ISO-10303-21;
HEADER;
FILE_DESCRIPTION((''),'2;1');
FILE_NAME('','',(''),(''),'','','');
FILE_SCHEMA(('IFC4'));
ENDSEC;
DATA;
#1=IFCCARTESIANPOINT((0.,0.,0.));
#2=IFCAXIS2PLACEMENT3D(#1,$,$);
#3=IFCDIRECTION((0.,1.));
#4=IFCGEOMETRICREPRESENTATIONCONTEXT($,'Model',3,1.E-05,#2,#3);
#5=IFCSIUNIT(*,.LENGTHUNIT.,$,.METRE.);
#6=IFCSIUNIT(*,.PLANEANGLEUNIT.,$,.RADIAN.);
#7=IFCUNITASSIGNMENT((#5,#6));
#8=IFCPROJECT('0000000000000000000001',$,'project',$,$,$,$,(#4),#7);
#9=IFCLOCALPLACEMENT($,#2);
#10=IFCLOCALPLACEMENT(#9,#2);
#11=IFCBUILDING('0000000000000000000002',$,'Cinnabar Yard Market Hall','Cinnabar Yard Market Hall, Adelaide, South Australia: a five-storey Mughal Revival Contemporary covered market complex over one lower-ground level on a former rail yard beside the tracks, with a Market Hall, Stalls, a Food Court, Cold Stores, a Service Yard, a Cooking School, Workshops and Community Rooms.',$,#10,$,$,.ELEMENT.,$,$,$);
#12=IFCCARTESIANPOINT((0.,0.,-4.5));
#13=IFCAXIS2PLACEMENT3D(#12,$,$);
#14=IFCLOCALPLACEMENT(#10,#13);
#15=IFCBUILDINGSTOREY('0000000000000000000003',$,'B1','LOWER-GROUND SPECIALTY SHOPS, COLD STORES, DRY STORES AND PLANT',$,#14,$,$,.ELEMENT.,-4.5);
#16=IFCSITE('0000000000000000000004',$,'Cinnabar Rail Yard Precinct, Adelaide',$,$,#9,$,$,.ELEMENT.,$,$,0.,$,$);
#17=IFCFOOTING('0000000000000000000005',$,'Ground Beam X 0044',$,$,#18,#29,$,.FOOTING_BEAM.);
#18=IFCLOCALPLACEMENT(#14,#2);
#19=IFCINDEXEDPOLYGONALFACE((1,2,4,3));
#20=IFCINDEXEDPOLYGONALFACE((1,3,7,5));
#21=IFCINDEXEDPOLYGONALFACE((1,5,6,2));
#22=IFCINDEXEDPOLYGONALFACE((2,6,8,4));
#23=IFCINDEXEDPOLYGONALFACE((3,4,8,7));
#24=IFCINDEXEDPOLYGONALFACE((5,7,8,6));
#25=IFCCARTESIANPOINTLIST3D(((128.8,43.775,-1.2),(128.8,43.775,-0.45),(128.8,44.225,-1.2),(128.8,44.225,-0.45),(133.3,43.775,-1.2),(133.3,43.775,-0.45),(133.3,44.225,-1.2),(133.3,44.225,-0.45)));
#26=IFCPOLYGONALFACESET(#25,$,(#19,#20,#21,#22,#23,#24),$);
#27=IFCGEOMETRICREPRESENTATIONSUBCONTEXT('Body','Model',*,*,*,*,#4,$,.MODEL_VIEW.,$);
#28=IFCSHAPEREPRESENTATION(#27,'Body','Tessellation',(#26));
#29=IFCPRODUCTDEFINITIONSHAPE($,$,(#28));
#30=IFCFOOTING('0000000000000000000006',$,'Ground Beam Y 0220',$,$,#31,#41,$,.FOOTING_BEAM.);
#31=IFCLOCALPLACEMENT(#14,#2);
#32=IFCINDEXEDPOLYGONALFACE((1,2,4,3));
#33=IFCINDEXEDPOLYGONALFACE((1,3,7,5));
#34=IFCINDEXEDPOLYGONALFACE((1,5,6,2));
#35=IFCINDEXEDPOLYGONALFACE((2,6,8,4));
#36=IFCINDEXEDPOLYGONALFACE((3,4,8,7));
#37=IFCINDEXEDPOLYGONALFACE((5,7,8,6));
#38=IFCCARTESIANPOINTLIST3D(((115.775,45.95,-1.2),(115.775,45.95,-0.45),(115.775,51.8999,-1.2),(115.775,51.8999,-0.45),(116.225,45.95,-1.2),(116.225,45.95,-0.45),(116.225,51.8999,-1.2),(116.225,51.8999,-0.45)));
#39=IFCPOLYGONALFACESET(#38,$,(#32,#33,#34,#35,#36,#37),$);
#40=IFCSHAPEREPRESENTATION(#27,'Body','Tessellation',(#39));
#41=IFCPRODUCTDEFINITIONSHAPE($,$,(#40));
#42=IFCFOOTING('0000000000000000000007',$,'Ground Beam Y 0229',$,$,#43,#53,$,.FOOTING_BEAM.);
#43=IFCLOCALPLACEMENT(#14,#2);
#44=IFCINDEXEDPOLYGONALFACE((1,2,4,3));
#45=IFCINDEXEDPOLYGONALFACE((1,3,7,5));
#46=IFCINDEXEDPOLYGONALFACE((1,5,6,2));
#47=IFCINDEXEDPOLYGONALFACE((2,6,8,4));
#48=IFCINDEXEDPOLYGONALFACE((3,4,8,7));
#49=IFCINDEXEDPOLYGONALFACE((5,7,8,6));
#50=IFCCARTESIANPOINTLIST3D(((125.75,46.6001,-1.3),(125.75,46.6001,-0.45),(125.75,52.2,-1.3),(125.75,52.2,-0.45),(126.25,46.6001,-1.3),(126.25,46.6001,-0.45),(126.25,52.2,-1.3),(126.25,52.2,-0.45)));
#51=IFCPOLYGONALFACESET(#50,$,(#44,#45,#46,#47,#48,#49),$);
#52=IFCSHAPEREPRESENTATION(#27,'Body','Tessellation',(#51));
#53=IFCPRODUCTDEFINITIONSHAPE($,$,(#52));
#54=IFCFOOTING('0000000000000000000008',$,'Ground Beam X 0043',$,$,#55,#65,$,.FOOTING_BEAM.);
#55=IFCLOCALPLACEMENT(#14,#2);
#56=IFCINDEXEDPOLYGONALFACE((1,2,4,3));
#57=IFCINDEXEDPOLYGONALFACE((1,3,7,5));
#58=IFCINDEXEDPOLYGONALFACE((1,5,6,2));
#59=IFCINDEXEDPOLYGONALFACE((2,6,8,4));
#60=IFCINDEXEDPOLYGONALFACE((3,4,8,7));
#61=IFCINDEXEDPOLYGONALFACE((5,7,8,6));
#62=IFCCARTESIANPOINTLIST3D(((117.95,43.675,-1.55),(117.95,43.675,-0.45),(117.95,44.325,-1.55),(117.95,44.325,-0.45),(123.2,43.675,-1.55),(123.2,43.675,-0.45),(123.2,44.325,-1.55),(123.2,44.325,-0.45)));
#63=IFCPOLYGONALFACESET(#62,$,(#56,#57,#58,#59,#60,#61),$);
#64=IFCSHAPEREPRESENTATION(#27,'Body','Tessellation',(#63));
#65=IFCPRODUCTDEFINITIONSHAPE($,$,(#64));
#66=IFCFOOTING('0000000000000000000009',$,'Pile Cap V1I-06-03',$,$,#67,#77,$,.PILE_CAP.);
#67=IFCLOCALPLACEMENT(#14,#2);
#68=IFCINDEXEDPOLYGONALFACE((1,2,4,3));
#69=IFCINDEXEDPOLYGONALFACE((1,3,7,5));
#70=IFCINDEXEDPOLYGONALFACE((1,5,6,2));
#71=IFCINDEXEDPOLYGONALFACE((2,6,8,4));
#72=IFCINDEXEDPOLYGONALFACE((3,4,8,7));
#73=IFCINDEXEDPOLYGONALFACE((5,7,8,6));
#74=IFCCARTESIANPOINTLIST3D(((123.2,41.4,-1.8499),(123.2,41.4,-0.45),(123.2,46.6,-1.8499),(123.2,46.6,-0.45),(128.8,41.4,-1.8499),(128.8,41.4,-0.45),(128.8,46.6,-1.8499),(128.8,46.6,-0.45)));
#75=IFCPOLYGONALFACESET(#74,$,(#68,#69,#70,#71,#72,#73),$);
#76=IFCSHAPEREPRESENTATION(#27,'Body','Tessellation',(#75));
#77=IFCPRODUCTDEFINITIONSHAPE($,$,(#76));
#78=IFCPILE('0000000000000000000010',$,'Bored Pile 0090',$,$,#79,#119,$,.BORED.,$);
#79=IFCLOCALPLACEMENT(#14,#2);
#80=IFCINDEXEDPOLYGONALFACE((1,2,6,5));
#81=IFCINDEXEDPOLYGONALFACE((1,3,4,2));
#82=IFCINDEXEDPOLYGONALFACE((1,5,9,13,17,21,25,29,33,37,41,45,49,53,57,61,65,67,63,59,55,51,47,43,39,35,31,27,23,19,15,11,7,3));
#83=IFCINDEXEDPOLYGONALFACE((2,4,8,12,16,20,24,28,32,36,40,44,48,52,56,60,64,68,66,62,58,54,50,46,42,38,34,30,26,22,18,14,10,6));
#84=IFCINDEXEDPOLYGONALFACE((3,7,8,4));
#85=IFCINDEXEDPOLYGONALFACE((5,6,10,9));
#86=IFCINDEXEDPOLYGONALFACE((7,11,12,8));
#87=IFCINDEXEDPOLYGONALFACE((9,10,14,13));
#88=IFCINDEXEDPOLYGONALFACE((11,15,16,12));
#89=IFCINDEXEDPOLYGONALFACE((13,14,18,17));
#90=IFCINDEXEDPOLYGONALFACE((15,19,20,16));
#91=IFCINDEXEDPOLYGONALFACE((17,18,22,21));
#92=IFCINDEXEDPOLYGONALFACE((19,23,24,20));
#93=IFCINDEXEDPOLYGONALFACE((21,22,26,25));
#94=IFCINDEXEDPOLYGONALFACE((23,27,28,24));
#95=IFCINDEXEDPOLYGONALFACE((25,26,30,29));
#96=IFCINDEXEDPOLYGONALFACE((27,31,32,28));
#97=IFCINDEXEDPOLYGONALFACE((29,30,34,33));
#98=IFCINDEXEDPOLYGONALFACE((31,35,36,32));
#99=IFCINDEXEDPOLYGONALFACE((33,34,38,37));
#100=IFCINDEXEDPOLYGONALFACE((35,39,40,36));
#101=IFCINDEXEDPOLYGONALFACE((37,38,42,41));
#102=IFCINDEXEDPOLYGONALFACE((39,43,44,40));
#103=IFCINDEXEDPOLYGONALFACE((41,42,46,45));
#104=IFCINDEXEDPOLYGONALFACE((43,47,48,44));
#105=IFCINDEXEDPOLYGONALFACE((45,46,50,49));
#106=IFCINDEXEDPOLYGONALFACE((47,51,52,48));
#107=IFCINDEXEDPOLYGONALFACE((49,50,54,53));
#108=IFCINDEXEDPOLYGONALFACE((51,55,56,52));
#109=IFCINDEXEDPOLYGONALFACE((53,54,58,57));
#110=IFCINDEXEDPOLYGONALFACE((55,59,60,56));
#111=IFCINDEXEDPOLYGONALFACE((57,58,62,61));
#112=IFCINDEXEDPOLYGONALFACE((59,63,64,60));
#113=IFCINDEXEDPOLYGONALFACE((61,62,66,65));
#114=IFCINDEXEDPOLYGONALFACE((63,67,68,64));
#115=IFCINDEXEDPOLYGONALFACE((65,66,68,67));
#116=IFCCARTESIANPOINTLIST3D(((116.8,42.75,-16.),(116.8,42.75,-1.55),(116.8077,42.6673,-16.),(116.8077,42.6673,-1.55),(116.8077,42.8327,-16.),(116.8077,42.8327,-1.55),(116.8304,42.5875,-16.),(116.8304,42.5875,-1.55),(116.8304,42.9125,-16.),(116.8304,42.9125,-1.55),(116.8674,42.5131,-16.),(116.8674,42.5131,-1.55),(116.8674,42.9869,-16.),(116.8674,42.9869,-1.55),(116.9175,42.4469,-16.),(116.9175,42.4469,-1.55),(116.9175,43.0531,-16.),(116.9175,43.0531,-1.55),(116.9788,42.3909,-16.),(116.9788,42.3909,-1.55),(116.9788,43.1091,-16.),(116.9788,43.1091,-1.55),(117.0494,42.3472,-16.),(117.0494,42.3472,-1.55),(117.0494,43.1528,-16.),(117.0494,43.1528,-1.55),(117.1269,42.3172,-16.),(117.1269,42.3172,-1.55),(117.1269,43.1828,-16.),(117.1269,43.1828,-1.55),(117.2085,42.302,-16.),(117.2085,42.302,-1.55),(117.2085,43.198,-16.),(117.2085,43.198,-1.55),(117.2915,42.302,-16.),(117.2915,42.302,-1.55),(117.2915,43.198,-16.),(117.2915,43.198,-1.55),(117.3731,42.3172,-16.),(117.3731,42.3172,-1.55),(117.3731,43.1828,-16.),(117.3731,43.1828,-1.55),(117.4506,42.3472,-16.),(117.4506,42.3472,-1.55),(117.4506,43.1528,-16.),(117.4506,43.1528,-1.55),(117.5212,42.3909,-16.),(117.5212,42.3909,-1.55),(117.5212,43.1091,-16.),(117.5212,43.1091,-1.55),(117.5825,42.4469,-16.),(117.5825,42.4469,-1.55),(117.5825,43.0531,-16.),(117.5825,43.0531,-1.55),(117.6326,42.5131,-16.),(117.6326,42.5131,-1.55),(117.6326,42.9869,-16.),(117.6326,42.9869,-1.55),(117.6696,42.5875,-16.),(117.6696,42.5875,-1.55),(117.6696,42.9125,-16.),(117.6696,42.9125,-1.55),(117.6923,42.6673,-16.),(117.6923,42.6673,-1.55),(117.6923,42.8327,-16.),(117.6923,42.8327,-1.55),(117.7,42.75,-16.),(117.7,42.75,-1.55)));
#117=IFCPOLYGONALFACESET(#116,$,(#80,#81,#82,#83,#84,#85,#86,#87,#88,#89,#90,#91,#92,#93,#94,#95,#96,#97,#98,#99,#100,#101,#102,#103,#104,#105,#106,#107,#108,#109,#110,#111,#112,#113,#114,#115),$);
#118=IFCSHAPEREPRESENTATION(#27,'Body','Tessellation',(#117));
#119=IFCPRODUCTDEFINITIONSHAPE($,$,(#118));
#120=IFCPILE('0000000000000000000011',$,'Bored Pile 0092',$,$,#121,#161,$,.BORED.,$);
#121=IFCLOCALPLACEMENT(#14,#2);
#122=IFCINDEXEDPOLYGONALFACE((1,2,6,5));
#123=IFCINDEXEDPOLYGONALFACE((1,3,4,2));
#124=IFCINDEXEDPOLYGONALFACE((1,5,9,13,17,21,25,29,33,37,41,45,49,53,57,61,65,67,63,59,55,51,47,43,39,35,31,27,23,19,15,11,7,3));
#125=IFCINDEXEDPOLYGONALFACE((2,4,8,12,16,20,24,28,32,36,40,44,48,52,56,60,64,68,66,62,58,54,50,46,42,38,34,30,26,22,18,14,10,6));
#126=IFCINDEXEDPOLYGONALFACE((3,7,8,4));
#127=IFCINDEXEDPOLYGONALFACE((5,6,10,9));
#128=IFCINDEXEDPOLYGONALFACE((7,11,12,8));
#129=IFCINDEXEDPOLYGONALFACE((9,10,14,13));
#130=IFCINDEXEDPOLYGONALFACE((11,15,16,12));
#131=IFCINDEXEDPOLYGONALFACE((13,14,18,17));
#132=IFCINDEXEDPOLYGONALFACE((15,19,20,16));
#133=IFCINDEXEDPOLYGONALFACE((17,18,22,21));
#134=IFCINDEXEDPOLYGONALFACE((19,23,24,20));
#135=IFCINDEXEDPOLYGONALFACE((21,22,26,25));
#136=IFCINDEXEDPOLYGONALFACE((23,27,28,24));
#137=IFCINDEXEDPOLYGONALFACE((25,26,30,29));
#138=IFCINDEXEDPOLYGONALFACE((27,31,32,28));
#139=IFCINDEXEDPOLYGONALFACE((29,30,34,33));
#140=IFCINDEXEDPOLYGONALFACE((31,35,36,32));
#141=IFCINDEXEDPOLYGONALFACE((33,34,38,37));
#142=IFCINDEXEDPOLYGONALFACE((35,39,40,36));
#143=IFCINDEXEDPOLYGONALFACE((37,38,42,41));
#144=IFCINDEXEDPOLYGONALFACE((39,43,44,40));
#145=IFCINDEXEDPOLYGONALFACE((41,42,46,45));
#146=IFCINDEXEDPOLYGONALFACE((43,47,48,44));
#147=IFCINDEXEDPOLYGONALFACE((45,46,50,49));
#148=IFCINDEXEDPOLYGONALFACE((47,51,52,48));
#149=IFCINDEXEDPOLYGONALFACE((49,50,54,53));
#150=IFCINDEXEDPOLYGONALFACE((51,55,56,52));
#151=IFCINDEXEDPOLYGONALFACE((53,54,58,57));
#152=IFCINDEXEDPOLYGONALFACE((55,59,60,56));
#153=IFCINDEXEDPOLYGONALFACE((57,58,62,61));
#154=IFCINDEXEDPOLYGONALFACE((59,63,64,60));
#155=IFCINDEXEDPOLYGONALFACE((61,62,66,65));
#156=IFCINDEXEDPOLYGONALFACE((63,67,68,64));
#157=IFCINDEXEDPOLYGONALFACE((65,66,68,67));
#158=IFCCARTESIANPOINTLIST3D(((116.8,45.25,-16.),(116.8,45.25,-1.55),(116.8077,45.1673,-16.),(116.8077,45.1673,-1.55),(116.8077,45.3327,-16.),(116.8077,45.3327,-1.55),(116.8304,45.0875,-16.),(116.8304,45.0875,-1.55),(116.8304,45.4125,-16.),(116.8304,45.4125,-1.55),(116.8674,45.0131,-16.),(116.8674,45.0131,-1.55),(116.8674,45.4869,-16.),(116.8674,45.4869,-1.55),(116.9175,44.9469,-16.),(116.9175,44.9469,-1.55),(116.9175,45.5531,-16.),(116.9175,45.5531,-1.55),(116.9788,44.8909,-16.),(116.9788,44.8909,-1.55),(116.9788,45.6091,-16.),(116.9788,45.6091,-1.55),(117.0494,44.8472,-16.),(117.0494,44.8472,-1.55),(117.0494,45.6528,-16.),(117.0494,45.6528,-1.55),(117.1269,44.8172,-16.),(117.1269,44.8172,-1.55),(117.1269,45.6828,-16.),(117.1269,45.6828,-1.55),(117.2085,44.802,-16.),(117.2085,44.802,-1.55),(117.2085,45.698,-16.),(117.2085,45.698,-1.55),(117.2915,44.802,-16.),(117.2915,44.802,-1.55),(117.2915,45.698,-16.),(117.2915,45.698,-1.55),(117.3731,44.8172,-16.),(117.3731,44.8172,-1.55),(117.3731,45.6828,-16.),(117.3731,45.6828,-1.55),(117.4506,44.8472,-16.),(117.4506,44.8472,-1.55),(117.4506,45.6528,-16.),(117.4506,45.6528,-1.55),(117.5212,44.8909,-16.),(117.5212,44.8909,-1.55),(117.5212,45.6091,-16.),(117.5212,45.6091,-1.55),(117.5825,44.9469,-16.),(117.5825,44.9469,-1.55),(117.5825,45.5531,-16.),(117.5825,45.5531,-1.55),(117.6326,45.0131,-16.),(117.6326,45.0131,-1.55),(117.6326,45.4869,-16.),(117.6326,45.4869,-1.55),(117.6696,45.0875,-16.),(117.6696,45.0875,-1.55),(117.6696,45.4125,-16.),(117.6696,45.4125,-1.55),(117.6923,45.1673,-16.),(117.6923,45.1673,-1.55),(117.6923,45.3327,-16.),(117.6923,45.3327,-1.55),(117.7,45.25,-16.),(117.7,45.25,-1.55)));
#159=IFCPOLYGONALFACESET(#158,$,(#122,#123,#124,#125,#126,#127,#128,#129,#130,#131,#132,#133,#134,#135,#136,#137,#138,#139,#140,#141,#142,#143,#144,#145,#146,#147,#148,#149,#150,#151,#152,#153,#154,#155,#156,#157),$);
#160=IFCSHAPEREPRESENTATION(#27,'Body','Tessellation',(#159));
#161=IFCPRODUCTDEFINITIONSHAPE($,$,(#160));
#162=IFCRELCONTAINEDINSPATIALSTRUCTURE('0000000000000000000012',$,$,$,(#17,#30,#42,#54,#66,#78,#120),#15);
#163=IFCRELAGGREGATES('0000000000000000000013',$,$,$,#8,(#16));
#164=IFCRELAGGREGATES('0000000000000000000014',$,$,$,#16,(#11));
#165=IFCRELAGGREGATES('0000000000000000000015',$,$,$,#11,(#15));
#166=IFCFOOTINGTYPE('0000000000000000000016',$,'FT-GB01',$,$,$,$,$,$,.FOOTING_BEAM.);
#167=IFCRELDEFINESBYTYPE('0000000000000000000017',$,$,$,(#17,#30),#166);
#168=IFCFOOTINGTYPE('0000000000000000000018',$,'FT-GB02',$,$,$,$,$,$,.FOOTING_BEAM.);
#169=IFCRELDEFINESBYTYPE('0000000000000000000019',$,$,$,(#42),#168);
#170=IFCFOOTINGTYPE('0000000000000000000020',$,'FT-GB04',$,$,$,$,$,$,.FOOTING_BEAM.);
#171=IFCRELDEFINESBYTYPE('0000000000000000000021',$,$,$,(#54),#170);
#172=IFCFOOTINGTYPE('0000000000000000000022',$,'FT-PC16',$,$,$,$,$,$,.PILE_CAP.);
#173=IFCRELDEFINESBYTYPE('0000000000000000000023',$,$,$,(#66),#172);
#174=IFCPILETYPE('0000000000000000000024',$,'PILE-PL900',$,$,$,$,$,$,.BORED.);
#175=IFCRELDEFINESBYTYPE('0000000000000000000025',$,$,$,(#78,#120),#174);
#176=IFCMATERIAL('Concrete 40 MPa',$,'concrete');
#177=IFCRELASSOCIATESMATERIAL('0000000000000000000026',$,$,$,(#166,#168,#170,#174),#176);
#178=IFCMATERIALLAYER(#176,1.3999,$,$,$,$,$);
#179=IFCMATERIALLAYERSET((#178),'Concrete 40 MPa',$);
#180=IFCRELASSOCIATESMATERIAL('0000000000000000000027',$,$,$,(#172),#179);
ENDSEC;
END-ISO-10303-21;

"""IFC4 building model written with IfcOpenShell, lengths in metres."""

from ifc_helpers import new_model, si_unit, direction, frame, origin, origin_2d_with_axis, place, context, subcontext, project, spatial, rectangle, circle, extrude, material, layer, layer_set, material_profile, profile_set, type_object, element, save


model = new_model("IFC4")

# Units and contexts
model_context = context("Model", 3, precision=1e-05, world=origin(), true_north=direction((0.0, 1.0)))
body_context = subcontext(model_context, "Body", "Model", "MODEL_VIEW")
ifc_project = project(units=[si_unit("LENGTHUNIT", "METRE"), si_unit("PLANEANGLEUNIT", "RADIAN")], contexts=[model_context])

# Site, building, storey
site_placement = place(None, origin())
site = spatial("IfcSite", under=ifc_project, at=site_placement, Name="Cinnabar Rail Yard Precinct, Adelaide", CompositionType="ELEMENT", RefElevation=0.0)
building_placement = place(site_placement, origin())
building = spatial("IfcBuilding", under=site, at=building_placement, Name="Cinnabar Yard Market Hall", Description="Cinnabar Yard Market Hall, Adelaide, South Australia: a five-storey Mughal Revival Contemporary covered market complex over one lower-ground level on a former rail yard beside the tracks, with a Market Hall, Stalls, a Food Court, Cold Stores, a Service Yard, a Cooking School, Workshops and Community Rooms.", CompositionType="ELEMENT")
storey_placement = place(building_placement, frame((0.0, 0.0, -4.5)))
storey = spatial("IfcBuildingStorey", under=building, at=storey_placement, Name="B1", Description="LOWER-GROUND SPECIALTY SHOPS, COLD STORES, DRY STORES AND PLANT", CompositionType="ELEMENT", Elevation=-4.5)

# Footings
ifc_material_1 = material(Name="Concrete 40 MPa", Category="concrete")
ifc_material_profile_1 = material_profile(ifc_material_1, rectangle(XDim=0.45, YDim=0.75, at=origin_2d_with_axis()), Name="GB-450x750")
ifc_profile_set_1 = profile_set([ifc_material_profile_1], Name="Concrete 40 MPa")
footing_type_1 = type_object("IfcFootingType", Name="FT-GB01", PredefinedType="FOOTING_BEAM", material=ifc_profile_set_1)
footing_1_placement = place(storey_placement, frame((128.8, 44.0, -0.825), z_axis=(1.0, 0.0, 0.0), x_axis=(0.0, 1.0, 0.0)))
element("IfcFooting", 1, at=footing_1_placement, inside=storey, type_object=footing_type_1, Name="Ground Beam X 0044", PredefinedType="FOOTING_BEAM", context=body_context, shape_type="SweptSolid", body=[
    extrude(rectangle(XDim=0.45, YDim=0.75, at=origin_2d_with_axis()), origin(), (0.0, 0.0, 1.0), 4.5),
])
footing_2_placement = place(storey_placement, frame((116.0, 45.95, -0.825), z_axis=(0.0, 1.0, 0.0), x_axis=(-1.0, 0.0, 0.0)))
element("IfcFooting", 2, at=footing_2_placement, inside=storey, type_object=footing_type_1, Name="Ground Beam Y 0220", PredefinedType="FOOTING_BEAM", context=body_context, shape_type="SweptSolid", body=[
    extrude(rectangle(XDim=0.45, YDim=0.75, at=origin_2d_with_axis()), origin(), (0.0, 0.0, 1.0), 5.95),
])
ifc_material_profile_2 = material_profile(ifc_material_1, rectangle(XDim=0.5, YDim=0.8501, at=origin_2d_with_axis()), Name="GB-500x850")
ifc_profile_set_2 = profile_set([ifc_material_profile_2], Name="Concrete 40 MPa")
footing_type_2 = type_object("IfcFootingType", Name="FT-GB02", PredefinedType="FOOTING_BEAM", material=ifc_profile_set_2)
footing_3_placement = place(storey_placement, frame((126.0, 46.6001, -0.875), z_axis=(0.0, 1.0, 0.0), x_axis=(-1.0, 0.0, 0.0)))
element("IfcFooting", 3, at=footing_3_placement, inside=storey, type_object=footing_type_2, Name="Ground Beam Y 0229", PredefinedType="FOOTING_BEAM", context=body_context, shape_type="SweptSolid", body=[
    extrude(rectangle(XDim=0.5, YDim=0.8501, at=origin_2d_with_axis()), origin(), (0.0, 0.0, 1.0), 5.5999),
])
ifc_material_profile_3 = material_profile(ifc_material_1, rectangle(XDim=0.6499, YDim=1.1001, at=origin_2d_with_axis()), Name="GB-650x1100")
ifc_profile_set_3 = profile_set([ifc_material_profile_3], Name="Concrete 40 MPa")
footing_type_3 = type_object("IfcFootingType", Name="FT-GB04", PredefinedType="FOOTING_BEAM", material=ifc_profile_set_3)
footing_4_placement = place(storey_placement, frame((117.95, 44.0, -1.0), z_axis=(1.0, 0.0, 0.0), x_axis=(0.0, 1.0, 0.0)))
element("IfcFooting", 4, at=footing_4_placement, inside=storey, type_object=footing_type_3, Name="Ground Beam X 0043", PredefinedType="FOOTING_BEAM", context=body_context, shape_type="SweptSolid", body=[
    extrude(rectangle(XDim=0.6499, YDim=1.1001, at=origin_2d_with_axis()), origin(), (0.0, 0.0, 1.0), 5.25),
])
ifc_layer_1 = layer(ifc_material_1, 1.3999)
ifc_layer_set_1 = layer_set([ifc_layer_1], Name="Concrete 40 MPa")
footing_type_4 = type_object("IfcFootingType", Name="FT-PC16", PredefinedType="PILE_CAP", material=ifc_layer_set_1)
footing_5_placement = place(storey_placement, frame((126.0, 44.0, -1.8499), z_axis=(0.0, 0.0, 1.0), x_axis=(1.0, 0.0, 0.0)))
element("IfcFooting", 5, at=footing_5_placement, inside=storey, type_object=footing_type_4, Name="Pile Cap V1I-06-03", PredefinedType="PILE_CAP", context=body_context, shape_type="SweptSolid", body=[
    extrude(rectangle(XDim=5.6001, YDim=5.2, at=origin_2d_with_axis()), origin(), (0.0, 0.0, 1.0), 1.3999),
])

# Piles
ifc_material_profile_4 = material_profile(ifc_material_1, circle(Radius=0.45, at=origin_2d_with_axis()), Name="PILE-D900")
ifc_profile_set_4 = profile_set([ifc_material_profile_4], Name="Concrete 40 MPa")
pile_type = type_object("IfcPileType", Name="PILE-PL900", PredefinedType="BORED", material=ifc_profile_set_4)
for number, where, z_axis, x_axis, name in (
    (6, (117.25, 42.75, -1.55), (0.0, 0.0, -1.0), (1.0, 0.0, 0.0), "Bored Pile 0090"),
    (7, (117.25, 45.25, -1.55), (0.0, 0.0, -1.0), (1.0, 0.0, 0.0), "Bored Pile 0092"),
):
    element("IfcPile", number, at=place(storey_placement, frame(where, z_axis=z_axis, x_axis=x_axis)), inside=storey, type_object=pile_type, Name=name, PredefinedType="BORED", context=body_context, shape_type="SweptSolid", body=[
        extrude(circle(Radius=0.45, at=origin_2d_with_axis()), origin(), (0.0, 0.0, 1.0), 14.45),
    ])

save(model, "model.ifc")
